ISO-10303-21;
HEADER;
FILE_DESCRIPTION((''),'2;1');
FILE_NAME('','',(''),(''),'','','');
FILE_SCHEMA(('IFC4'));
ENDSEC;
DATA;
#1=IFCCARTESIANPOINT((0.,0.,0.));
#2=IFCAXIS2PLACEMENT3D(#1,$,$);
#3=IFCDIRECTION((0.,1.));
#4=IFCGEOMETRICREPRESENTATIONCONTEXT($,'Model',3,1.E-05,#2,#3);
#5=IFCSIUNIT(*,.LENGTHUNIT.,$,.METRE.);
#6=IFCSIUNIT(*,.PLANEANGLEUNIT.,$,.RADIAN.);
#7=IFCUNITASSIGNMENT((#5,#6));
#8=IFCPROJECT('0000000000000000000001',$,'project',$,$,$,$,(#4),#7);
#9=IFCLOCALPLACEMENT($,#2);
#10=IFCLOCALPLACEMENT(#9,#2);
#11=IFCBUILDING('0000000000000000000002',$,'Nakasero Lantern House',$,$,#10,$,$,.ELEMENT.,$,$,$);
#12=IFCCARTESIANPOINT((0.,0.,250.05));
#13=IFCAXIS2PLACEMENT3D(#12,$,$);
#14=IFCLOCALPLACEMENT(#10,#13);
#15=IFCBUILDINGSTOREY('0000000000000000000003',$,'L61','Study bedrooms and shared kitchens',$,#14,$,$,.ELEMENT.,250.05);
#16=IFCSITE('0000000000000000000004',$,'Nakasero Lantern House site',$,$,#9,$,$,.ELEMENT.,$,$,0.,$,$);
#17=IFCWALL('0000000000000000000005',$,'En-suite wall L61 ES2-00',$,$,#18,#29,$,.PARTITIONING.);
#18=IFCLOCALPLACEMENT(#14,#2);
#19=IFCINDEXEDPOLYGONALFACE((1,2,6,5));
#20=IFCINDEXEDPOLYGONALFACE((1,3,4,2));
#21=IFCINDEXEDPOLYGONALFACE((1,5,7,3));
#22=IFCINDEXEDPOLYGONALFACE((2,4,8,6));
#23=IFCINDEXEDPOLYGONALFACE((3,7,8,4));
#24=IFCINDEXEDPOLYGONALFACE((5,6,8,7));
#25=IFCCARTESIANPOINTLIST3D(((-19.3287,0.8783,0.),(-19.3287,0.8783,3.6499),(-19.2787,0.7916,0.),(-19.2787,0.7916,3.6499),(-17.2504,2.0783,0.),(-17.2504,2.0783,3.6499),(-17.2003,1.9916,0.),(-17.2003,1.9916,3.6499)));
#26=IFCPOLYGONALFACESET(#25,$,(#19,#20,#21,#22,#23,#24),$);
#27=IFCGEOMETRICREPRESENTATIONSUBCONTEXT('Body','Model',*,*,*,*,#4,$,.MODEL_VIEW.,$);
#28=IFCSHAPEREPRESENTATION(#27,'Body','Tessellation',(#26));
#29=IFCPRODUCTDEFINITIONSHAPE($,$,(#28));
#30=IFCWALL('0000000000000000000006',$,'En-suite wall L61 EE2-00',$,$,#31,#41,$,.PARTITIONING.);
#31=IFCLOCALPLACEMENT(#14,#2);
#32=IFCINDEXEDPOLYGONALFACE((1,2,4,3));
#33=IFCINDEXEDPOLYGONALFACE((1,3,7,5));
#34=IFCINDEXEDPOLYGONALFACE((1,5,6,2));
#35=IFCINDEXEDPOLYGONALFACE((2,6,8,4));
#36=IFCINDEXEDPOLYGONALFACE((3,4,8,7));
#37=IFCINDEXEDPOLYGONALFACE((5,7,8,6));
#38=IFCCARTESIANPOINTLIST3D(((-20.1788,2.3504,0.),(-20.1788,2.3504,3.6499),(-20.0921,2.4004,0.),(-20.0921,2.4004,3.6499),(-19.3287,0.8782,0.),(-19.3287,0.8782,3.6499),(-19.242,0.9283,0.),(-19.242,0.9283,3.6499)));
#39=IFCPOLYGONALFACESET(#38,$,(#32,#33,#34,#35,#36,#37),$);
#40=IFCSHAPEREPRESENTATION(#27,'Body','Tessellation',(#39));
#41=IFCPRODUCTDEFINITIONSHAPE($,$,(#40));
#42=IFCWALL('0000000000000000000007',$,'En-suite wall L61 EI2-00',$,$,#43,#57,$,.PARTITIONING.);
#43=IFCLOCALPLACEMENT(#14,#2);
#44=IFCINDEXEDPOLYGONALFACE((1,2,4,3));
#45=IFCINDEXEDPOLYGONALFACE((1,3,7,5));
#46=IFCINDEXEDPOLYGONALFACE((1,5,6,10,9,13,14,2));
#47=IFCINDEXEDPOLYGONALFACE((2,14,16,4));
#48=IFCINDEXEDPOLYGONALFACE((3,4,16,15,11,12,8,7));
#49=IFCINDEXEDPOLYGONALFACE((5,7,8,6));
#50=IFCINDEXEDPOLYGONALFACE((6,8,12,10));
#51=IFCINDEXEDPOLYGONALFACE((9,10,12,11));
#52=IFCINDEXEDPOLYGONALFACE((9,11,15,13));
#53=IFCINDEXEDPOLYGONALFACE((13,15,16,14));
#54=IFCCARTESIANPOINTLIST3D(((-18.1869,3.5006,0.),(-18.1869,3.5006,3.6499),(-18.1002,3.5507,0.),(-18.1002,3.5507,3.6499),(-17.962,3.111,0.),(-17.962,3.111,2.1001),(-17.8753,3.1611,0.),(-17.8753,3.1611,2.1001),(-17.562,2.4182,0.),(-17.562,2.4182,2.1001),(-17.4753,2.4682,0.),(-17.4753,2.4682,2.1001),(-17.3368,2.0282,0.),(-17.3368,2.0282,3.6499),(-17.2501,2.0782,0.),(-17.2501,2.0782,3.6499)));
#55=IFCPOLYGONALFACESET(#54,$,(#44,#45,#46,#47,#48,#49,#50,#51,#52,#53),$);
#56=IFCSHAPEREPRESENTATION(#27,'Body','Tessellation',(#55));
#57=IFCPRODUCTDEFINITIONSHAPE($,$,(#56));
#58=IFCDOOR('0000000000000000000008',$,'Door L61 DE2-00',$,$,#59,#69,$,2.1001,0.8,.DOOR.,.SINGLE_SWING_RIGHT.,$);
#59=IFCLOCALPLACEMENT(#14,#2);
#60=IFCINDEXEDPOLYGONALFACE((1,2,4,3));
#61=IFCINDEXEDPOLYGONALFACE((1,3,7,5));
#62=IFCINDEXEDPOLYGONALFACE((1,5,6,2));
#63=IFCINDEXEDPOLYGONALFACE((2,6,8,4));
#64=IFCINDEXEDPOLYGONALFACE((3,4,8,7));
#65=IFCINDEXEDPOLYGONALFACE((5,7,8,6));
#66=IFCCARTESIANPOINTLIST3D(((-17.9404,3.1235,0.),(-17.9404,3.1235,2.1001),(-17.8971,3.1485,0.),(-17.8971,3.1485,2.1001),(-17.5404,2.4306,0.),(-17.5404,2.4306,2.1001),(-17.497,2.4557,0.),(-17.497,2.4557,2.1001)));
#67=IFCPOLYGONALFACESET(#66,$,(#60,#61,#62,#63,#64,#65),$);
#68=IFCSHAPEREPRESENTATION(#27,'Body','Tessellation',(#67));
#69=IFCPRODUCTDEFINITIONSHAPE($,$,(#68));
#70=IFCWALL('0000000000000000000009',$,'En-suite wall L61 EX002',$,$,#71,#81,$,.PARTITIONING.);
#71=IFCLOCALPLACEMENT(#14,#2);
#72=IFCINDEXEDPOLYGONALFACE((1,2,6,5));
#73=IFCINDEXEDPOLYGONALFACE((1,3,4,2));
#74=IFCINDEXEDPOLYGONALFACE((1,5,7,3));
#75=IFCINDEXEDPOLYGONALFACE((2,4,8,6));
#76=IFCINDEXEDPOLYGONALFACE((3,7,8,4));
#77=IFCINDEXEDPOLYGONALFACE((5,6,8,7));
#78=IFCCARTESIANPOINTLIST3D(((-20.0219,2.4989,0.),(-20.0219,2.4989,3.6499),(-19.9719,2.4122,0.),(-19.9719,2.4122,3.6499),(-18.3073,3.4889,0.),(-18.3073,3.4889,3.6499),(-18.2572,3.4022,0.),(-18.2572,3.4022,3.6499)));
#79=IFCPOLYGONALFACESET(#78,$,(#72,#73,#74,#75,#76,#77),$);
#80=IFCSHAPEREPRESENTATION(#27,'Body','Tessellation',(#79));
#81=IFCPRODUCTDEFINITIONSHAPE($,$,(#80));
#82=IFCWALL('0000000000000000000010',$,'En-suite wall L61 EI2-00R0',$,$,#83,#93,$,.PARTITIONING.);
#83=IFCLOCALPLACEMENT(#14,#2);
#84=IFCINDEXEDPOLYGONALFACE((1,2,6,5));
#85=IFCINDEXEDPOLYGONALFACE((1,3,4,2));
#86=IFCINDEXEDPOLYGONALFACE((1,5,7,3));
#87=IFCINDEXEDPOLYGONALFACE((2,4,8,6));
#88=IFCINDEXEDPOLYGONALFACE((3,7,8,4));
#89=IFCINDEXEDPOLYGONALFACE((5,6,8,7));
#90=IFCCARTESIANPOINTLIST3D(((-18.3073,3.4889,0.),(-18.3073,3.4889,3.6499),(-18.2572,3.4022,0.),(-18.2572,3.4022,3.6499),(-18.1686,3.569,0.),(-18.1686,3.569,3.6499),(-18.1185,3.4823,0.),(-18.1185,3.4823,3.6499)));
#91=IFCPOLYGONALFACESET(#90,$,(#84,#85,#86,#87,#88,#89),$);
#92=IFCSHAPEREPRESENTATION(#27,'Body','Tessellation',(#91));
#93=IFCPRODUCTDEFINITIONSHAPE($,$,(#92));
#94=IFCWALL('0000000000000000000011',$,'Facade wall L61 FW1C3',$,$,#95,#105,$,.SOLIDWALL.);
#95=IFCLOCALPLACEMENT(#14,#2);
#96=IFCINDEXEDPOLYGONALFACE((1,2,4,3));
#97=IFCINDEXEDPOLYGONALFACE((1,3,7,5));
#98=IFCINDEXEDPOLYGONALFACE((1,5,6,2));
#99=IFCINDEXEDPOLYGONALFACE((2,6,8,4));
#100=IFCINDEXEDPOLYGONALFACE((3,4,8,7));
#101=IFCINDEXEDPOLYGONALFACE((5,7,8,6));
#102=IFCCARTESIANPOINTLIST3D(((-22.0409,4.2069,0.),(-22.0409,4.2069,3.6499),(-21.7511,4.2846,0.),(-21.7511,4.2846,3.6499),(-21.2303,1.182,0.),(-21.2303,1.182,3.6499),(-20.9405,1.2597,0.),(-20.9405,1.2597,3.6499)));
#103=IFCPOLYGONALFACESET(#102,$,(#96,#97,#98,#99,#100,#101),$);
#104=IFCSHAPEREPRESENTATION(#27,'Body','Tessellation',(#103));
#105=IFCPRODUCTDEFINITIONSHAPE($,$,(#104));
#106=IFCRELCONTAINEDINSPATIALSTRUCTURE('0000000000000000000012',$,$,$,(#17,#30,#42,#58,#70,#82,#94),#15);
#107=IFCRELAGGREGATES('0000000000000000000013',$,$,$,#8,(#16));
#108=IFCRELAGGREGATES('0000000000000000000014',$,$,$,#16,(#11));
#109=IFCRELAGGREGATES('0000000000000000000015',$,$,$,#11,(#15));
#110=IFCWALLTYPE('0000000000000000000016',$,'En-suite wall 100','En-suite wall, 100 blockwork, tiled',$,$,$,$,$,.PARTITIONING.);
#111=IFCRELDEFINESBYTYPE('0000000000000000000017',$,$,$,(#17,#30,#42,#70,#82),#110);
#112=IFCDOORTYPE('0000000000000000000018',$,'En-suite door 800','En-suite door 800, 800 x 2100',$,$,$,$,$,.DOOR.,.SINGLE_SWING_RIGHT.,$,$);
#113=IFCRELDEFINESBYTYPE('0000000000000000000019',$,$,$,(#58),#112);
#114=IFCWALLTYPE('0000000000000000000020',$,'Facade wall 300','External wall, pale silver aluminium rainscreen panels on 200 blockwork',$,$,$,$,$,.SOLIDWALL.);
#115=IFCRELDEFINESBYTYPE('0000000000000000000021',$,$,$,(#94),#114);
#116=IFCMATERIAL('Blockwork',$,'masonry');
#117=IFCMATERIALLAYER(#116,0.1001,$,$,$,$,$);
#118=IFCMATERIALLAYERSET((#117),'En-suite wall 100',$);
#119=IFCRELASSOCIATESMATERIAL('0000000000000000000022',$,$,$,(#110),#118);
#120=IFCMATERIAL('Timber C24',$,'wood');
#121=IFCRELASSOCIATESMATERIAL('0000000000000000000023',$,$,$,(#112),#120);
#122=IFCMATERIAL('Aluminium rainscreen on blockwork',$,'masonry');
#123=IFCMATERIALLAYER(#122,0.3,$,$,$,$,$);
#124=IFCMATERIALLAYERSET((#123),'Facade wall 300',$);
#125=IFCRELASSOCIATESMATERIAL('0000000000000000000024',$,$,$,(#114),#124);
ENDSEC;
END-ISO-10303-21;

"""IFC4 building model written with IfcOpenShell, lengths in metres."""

from ifc_helpers import new_model, si_unit, direction, frame, frame_2d, origin, place, context, subcontext, project, spatial, rectangle, extrude, material, layer, layer_set, type_object, element, fill, save


model = new_model("IFC4")

# Units and contexts
model_context = context("Model", 3, precision=1e-05, world=origin(), true_north=direction((0.0, 1.0)))
body_context = subcontext(model_context, "Body", "Model", "MODEL_VIEW")
ifc_project = project(units=[si_unit("LENGTHUNIT", "METRE"), si_unit("PLANEANGLEUNIT", "RADIAN")], contexts=[model_context])

# Site, building, storey
site_placement = place(None, origin())
site = spatial("IfcSite", under=ifc_project, at=site_placement, Name="Nakasero Lantern House site", CompositionType="ELEMENT", RefElevation=0.0)
building_placement = place(site_placement, origin())
building = spatial("IfcBuilding", under=site, at=building_placement, Name="Nakasero Lantern House", CompositionType="ELEMENT")
storey_placement = place(building_placement, frame((0.0, 0.0, 250.05)))
storey = spatial("IfcBuildingStorey", under=building, at=storey_placement, Name="L61", Description="Study bedrooms and shared kitchens", CompositionType="ELEMENT", Elevation=250.05)

# Shared definitions
ifc_material_1 = material(Name="Blockwork", Category="masonry")
ifc_layer_1 = layer(ifc_material_1, 0.1001)
ifc_layer_set_1 = layer_set([ifc_layer_1], Name="En-suite wall 100")
wall_type_1 = type_object("IfcWallType", Name="En-suite wall 100", Description="En-suite wall, 100 blockwork, tiled", PredefinedType="PARTITIONING", material=ifc_layer_set_1)
ifc_material_2 = material(Name="Timber C24", Category="wood")
door_type_1 = type_object("IfcDoorType", Name="En-suite door 800", Description="En-suite door 800, 800 x 2100", OperationType="SINGLE_SWING_RIGHT", PredefinedType="DOOR", material=ifc_material_2)

# Walls
wall_1_placement = place(storey_placement, frame((-17.2253, 2.0349, 0.0), z_axis=(0.0, 0.0, 1.0), x_axis=(-0.866025, -0.500001, 0.0)))
element("IfcWall", 1, at=wall_1_placement, inside=storey, type_object=wall_type_1, Name="En-suite wall L61 ES2-00", PredefinedType="PARTITIONING", context=body_context, shape_type="SweptSolid", body=[
    extrude(rectangle(XDim=2.3999, YDim=0.1001, at=frame_2d((1.2, 0.0))), origin(), (0.0, 0.0, 1.0), 3.6499),
])
wall_2_placement = place(storey_placement, frame((-20.1355, 2.3755, 0.0), z_axis=(0.0, 0.0, 1.0), x_axis=(0.500062, -0.865989, 0.0)))
element("IfcWall", 2, at=wall_2_placement, inside=storey, type_object=wall_type_1, Name="En-suite wall L61 EE2-00", PredefinedType="PARTITIONING", context=body_context, shape_type="SweptSolid", body=[
    extrude(rectangle(XDim=1.7, YDim=0.1001, at=frame_2d((0.8501, 0.0))), origin(), (0.0, 0.0, 1.0), 3.6499),
])

# Wall, opening, door
wall_3_placement = place(storey_placement, frame((-18.1436, 3.5256, 0.0), z_axis=(0.0, 0.0, 1.0), x_axis=(0.5, -0.866025, 0.0)))
wall_3 = element("IfcWall", 3, at=wall_3_placement, inside=storey, type_object=wall_type_1, Name="En-suite wall L61 EI2-00", PredefinedType="PARTITIONING", context=body_context, shape_type="SweptSolid", body=[
    extrude(rectangle(XDim=1.7002, YDim=0.1001, at=frame_2d((0.8501, 0.0))), origin(), (0.0, 0.0, 1.0), 3.6499),
])
opening_1_placement = place(wall_3_placement, frame((0.45, 0.0, 0.0)))
opening_1 = element("IfcOpeningElement", 4, at=opening_1_placement, cuts=wall_3, PredefinedType="OPENING", context=body_context, shape_type="SweptSolid", body=[
    extrude(rectangle(XDim=0.8, YDim=2.1001, at=frame_2d((0.3999, 1.05))), frame((0.0, 0.0701, 0.0), z_axis=(0.0, -1.0, 0.0), x_axis=(1.0, 0.0, 0.0)), (0.0, 0.0, 1.0), 0.1401),
])
door_1_placement = place(opening_1_placement, origin())
door_1 = element("IfcDoor", 5, at=door_1_placement, inside=storey, type_object=door_type_1, Name="Door L61 DE2-00", OperationType="SINGLE_SWING_RIGHT", OverallHeight=2.1001, OverallWidth=0.8, PredefinedType="DOOR", context=body_context, shape_type="SweptSolid", body=[
    extrude(rectangle(XDim=0.8, YDim=2.1001, at=frame_2d((0.3999, 1.05))), frame((0.0, 0.0249, 0.0), z_axis=(0.0, -1.0, 0.0), x_axis=(1.0, 0.0, 0.0)), (0.0, 0.0, 1.0), 0.05),
])
fill(opening_1, door_1)

# Walls
wall_4_placement = place(storey_placement, frame((-18.2822, 3.4456, 0.0), z_axis=(0.0, 0.0, 1.0), x_axis=(-0.866011, -0.500025, 0.0)))
element("IfcWall", 6, at=wall_4_placement, inside=storey, type_object=wall_type_1, Name="En-suite wall L61 EX002", PredefinedType="PARTITIONING", context=body_context, shape_type="SweptSolid", body=[
    extrude(rectangle(XDim=1.98, YDim=0.1001, at=frame_2d((0.99, 0.0))), origin(), (0.0, 0.0, 1.0), 3.6499),
])
wall_5_placement = place(storey_placement, frame((-18.1436, 3.5256, 0.0), z_axis=(0.0, 0.0, 1.0), x_axis=(-0.865982, -0.500074, 0.0)))
element("IfcWall", 7, at=wall_5_placement, inside=storey, type_object=wall_type_1, Name="En-suite wall L61 EI2-00R0", PredefinedType="PARTITIONING", context=body_context, shape_type="SweptSolid", body=[
    extrude(rectangle(XDim=0.1602, YDim=0.1001, at=frame_2d((0.0801, 0.0))), origin(), (0.0, 0.0, 1.0), 3.6499),
])
ifc_material_3 = material(Name="Aluminium rainscreen on blockwork", Category="masonry")
ifc_layer_2 = layer(ifc_material_3, 0.3)
ifc_layer_set_2 = layer_set([ifc_layer_2], Name="Facade wall 300")
wall_type_2 = type_object("IfcWallType", Name="Facade wall 300", Description="External wall, pale silver aluminium rainscreen panels on 200 blockwork", PredefinedType="SOLIDWALL", material=ifc_layer_set_2)
wall_6_placement = place(storey_placement, frame((-21.896, 4.2458, 0.0), z_axis=(0.0, 0.0, 1.0), x_axis=(0.258827, -0.965924, 0.0)))
element("IfcWall", 8, at=wall_6_placement, inside=storey, type_object=wall_type_2, Name="Facade wall L61 FW1C3", PredefinedType="SOLIDWALL", context=body_context, shape_type="SweptSolid", body=[
    extrude(rectangle(XDim=3.1316, YDim=0.3, at=frame_2d((1.5659, 0.0))), origin(), (0.0, 0.0, 1.0), 3.6499),
])

save(model, "model.ifc")
